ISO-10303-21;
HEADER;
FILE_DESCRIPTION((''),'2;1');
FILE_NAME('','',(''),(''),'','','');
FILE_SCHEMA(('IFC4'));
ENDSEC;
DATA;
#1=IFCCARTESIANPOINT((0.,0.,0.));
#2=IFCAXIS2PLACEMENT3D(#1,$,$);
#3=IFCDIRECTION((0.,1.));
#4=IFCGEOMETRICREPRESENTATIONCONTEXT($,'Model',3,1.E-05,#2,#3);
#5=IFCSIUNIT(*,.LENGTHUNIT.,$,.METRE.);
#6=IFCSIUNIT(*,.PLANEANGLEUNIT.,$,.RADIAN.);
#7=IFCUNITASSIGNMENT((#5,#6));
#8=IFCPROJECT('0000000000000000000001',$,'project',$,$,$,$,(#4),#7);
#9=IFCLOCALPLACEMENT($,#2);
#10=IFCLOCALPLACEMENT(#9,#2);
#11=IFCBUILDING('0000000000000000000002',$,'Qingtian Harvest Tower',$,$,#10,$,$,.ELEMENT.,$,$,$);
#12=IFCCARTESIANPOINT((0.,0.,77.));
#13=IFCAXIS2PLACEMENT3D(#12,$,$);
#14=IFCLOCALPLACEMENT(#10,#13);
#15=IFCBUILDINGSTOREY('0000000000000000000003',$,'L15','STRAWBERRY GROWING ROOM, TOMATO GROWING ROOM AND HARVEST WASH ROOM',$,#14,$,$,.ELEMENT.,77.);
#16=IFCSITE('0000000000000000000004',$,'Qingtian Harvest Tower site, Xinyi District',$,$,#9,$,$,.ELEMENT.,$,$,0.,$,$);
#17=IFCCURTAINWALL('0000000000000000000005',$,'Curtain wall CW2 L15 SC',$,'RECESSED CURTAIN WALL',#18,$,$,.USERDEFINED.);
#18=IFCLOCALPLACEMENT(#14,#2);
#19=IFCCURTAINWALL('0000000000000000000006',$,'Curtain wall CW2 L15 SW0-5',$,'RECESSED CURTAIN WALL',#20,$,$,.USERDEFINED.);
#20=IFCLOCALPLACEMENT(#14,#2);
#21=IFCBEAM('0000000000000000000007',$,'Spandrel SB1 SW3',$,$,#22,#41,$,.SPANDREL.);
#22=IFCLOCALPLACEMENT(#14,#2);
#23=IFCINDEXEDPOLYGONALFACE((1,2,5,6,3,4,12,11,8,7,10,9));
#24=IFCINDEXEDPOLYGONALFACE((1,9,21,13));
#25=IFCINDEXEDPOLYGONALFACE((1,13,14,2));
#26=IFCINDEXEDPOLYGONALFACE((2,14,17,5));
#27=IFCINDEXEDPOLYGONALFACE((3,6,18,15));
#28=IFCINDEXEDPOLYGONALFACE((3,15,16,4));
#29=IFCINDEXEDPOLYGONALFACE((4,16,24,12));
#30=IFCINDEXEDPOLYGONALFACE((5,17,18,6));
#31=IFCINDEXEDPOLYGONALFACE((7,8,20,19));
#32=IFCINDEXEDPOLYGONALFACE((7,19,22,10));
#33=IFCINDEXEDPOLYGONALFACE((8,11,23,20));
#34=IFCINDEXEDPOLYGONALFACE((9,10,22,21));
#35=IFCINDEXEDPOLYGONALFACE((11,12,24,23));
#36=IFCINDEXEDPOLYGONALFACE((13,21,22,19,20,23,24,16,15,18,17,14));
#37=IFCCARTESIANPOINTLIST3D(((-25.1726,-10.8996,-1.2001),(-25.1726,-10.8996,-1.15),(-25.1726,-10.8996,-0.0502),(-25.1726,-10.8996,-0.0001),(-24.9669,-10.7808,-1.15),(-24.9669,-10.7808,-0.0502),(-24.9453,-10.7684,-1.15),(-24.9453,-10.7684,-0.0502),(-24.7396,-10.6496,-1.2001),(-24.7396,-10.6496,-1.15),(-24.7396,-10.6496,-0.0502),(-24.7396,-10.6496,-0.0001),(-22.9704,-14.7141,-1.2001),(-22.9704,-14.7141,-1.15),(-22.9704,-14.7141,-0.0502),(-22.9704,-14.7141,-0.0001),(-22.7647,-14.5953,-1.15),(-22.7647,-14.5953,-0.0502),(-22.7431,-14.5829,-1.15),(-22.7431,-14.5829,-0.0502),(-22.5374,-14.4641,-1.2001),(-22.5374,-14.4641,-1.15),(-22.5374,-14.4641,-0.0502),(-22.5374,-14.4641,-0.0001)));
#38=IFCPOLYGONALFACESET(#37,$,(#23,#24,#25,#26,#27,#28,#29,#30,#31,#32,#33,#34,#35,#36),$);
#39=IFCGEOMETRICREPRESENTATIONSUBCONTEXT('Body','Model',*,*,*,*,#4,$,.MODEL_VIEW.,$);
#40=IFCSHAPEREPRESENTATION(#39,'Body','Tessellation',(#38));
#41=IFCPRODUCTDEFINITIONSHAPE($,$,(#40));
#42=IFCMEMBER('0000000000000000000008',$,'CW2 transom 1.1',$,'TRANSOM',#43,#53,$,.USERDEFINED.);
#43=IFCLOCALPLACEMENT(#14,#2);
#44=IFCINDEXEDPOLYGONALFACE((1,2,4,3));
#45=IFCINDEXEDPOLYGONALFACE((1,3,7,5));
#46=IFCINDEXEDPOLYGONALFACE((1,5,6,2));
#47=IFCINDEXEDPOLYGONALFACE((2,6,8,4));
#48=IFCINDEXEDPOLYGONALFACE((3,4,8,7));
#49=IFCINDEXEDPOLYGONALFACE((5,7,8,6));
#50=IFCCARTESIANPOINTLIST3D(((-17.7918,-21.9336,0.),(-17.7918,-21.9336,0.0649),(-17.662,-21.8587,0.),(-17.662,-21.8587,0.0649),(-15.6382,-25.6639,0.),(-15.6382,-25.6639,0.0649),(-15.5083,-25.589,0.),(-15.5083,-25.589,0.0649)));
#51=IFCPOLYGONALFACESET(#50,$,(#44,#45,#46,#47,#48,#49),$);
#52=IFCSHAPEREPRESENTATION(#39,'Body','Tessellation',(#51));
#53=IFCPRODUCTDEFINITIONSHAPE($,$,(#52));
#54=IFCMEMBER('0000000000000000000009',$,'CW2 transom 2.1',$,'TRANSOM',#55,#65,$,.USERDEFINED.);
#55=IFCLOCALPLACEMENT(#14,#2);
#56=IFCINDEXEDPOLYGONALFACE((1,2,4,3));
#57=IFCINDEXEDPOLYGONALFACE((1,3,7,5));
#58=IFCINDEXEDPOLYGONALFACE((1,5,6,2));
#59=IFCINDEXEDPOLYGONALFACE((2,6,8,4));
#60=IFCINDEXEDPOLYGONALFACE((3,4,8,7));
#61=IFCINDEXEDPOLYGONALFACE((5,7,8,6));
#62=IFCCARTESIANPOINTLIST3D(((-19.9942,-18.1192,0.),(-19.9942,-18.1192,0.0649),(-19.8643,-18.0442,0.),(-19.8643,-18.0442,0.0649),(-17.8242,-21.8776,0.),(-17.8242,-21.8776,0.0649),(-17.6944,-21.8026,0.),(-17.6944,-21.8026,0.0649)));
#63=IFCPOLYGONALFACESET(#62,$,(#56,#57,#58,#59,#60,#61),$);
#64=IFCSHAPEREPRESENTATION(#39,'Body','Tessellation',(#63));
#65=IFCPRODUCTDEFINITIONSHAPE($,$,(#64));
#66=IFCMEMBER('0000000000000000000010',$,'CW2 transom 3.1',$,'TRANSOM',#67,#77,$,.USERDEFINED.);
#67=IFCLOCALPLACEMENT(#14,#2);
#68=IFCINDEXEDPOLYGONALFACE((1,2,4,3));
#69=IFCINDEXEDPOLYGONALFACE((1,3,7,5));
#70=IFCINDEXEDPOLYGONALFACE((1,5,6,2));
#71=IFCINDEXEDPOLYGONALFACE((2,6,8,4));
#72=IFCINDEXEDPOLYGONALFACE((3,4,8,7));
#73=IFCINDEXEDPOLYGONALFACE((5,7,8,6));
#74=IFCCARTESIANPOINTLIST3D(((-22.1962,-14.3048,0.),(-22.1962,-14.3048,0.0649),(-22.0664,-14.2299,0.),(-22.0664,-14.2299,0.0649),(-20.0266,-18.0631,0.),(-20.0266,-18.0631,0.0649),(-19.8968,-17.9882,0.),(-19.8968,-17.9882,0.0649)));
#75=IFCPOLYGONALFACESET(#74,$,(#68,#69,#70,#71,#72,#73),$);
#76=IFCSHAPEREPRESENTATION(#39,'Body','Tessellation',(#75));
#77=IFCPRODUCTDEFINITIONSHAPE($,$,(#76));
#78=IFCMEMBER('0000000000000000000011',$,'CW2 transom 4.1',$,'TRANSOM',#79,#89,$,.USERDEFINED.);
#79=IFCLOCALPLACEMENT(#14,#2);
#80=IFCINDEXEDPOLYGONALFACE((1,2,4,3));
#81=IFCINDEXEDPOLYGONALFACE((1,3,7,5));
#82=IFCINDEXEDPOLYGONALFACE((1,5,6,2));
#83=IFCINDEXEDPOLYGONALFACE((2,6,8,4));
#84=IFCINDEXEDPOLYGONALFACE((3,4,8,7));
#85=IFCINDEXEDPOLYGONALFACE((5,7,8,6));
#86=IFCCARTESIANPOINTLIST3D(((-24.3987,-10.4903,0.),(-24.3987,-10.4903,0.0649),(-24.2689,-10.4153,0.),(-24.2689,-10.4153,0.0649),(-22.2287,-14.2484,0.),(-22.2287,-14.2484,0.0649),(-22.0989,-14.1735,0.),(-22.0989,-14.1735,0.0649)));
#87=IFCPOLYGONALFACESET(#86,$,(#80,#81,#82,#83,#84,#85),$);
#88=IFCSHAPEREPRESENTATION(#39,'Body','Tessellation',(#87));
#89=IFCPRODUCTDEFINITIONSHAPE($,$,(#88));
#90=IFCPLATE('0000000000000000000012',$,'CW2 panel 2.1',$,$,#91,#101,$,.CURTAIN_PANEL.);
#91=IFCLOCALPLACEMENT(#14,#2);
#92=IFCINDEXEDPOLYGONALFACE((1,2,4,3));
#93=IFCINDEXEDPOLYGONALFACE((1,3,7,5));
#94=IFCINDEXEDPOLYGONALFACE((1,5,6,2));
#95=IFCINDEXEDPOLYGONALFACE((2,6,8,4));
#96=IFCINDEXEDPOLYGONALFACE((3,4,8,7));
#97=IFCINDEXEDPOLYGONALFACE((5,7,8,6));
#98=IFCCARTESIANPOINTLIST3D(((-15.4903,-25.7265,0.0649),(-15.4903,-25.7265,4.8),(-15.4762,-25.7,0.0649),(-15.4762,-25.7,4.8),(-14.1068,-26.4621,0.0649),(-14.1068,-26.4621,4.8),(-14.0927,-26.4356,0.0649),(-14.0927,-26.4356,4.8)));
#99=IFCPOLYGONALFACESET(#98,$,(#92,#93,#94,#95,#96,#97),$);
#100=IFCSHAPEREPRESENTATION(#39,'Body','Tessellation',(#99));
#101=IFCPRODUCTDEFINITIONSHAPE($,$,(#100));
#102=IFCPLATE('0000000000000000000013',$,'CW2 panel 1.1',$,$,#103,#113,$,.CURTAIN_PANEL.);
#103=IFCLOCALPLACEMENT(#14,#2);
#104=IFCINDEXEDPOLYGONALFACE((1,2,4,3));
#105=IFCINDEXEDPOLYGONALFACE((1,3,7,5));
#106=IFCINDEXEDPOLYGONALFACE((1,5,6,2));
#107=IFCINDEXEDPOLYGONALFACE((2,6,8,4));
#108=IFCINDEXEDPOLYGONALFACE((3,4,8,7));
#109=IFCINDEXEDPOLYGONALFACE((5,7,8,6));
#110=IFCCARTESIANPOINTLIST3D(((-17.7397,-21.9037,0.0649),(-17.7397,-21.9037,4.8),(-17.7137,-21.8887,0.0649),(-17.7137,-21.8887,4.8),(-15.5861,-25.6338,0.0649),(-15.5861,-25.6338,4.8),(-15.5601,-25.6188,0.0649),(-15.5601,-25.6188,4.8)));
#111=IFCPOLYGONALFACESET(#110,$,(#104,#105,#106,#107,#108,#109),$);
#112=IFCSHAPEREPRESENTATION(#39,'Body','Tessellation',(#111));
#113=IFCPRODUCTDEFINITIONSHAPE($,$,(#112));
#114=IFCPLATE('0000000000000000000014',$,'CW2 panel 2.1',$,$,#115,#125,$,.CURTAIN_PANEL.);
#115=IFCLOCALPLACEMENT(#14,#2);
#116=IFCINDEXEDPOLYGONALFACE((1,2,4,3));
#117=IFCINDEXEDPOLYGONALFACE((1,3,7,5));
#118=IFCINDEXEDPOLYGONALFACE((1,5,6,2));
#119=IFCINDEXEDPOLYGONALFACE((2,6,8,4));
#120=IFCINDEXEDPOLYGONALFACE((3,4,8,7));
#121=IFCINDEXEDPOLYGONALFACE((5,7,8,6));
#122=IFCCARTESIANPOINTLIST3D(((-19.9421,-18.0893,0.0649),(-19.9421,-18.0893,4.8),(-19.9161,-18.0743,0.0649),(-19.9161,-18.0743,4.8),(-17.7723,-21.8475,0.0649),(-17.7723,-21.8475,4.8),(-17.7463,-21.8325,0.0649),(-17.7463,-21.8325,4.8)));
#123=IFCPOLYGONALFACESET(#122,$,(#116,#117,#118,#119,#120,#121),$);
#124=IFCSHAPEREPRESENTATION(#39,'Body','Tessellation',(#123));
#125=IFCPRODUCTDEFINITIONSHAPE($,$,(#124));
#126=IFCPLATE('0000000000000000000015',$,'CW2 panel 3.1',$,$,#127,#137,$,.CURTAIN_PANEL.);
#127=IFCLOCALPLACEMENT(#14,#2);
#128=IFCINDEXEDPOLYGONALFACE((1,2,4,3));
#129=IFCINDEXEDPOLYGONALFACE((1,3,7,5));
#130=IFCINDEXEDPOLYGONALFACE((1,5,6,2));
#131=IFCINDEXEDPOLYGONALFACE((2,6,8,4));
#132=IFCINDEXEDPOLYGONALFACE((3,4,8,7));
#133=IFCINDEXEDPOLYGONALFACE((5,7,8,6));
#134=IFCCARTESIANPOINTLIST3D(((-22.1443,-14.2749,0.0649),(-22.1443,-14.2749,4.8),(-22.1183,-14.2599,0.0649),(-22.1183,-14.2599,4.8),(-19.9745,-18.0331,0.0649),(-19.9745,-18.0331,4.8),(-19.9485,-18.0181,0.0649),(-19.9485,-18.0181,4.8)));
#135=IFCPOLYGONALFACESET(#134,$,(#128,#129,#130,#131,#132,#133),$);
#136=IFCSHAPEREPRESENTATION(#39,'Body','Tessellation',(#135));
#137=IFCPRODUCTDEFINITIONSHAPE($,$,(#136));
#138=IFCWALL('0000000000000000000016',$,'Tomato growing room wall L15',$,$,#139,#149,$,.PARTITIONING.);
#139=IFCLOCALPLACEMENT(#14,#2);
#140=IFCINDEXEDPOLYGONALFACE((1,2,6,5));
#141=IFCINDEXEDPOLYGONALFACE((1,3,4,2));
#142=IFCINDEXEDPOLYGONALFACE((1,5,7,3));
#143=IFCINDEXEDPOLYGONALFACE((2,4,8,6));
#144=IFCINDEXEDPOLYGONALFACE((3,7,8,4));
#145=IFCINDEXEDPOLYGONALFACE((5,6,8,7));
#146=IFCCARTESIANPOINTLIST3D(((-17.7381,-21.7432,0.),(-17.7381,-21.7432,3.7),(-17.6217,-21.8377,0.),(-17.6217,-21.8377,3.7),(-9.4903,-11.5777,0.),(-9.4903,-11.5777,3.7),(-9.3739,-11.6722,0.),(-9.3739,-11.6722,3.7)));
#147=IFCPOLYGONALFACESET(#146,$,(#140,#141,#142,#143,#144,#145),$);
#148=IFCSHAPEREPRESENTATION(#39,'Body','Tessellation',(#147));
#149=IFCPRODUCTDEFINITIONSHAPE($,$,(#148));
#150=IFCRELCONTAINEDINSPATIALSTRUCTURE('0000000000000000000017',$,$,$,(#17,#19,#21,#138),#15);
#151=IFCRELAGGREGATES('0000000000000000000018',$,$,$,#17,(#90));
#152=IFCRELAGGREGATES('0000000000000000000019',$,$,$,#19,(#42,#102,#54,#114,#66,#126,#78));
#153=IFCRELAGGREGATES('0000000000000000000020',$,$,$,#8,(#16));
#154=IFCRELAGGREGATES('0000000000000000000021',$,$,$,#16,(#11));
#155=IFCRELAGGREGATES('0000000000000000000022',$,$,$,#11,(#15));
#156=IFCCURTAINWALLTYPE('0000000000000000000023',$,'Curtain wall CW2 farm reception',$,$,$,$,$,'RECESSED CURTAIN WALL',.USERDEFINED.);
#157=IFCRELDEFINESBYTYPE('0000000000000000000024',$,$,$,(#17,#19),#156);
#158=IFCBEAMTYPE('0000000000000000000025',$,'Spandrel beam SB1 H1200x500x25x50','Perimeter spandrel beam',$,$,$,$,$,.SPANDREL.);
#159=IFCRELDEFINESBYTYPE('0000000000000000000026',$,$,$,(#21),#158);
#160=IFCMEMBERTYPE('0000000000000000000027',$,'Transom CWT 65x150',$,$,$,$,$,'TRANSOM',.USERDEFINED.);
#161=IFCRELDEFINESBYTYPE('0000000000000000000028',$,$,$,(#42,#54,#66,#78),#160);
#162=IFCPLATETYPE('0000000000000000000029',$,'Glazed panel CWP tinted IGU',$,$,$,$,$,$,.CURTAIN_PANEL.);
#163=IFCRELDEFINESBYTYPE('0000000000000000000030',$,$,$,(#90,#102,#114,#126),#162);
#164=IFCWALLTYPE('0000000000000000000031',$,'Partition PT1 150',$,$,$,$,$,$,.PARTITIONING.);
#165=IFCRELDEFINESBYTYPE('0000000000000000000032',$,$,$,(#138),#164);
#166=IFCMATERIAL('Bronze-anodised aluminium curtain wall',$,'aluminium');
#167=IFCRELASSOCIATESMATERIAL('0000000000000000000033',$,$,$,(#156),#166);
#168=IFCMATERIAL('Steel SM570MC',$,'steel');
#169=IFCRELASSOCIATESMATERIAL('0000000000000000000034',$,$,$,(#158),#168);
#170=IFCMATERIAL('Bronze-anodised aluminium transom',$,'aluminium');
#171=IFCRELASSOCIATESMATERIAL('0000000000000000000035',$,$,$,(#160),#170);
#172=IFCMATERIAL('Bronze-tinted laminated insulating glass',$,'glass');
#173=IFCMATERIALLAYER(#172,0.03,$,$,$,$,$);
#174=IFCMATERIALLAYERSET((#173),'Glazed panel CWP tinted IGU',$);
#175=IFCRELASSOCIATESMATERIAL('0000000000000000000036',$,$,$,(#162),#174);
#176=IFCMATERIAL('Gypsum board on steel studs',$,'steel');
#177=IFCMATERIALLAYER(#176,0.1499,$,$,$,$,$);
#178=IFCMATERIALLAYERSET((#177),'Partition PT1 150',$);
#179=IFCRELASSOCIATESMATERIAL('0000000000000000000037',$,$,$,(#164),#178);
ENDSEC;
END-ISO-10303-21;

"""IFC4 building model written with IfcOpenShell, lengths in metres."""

from ifc_helpers import new_model, si_unit, direction, frame, frame_2d, origin, origin_2d, place, context, subcontext, project, spatial, rectangle, i_section, extrude, material, layer, layer_set, material_profile, profile_set, type_object, element, aggregate, save


model = new_model("IFC4")

# Units and contexts
model_context = context("Model", 3, precision=1e-05, world=origin(), true_north=direction((0.0, 1.0)))
body_context = subcontext(model_context, "Body", "Model", "MODEL_VIEW")
ifc_project = project(units=[si_unit("LENGTHUNIT", "METRE"), si_unit("PLANEANGLEUNIT", "RADIAN")], contexts=[model_context])

# Site, building, storey
site_placement = place(None, origin())
site = spatial("IfcSite", under=ifc_project, at=site_placement, Name="Qingtian Harvest Tower site, Xinyi District", CompositionType="ELEMENT", RefElevation=0.0)
building_placement = place(site_placement, origin())
building = spatial("IfcBuilding", under=site, at=building_placement, Name="Qingtian Harvest Tower", CompositionType="ELEMENT")
storey_placement = place(building_placement, frame((0.0, 0.0, 77.0)))
storey = spatial("IfcBuildingStorey", under=building, at=storey_placement, Name="L15", Description="STRAWBERRY GROWING ROOM, TOMATO GROWING ROOM AND HARVEST WASH ROOM", CompositionType="ELEMENT", Elevation=77.0)

# Curtain wall
ifc_material_1 = material(Name="Bronze-anodised aluminium curtain wall", Category="aluminium")
curtain_wall_type = type_object("IfcCurtainWallType", Name="Curtain wall CW2 farm reception", ElementType="RECESSED CURTAIN WALL", PredefinedType="USERDEFINED", material=ifc_material_1)
curtain_wall_1_placement = place(storey_placement, origin())
curtain_wall_1 = element("IfcCurtainWall", 1, at=curtain_wall_1_placement, inside=storey, type_object=curtain_wall_type, Name="Curtain wall CW2 L15 SC", ObjectType="RECESSED CURTAIN WALL", PredefinedType="USERDEFINED")

# Curtain wall
curtain_wall_2_placement = place(storey_placement, origin())
curtain_wall_2 = element("IfcCurtainWall", 2, at=curtain_wall_2_placement, inside=storey, type_object=curtain_wall_type, Name="Curtain wall CW2 L15 SW0-5", ObjectType="RECESSED CURTAIN WALL", PredefinedType="USERDEFINED")

# Beam
ifc_material_2 = material(Name="Steel SM570MC", Category="steel")
ifc_material_profile_1 = material_profile(ifc_material_2, i_section(OverallWidth=0.5, OverallDepth=1.2, WebThickness=0.0249, FlangeThickness=0.05, at=origin_2d()), Name="H1200x500x25x50")
ifc_profile_set_1 = profile_set([ifc_material_profile_1], Name="Steel SM570MC")
beam_type_1 = type_object("IfcBeamType", Name="Spandrel beam SB1 H1200x500x25x50", Description="Perimeter spandrel beam", PredefinedType="SPANDREL", material=ifc_profile_set_1)
for number, where, z_axis, x_axis, name in (
    (3, (-22.7539, -14.5891, -0.6001), (-0.499978, 0.866038, 0.0), (-0.866038, -0.499978, 0.0), "Spandrel SB1 SW3"),
):
    element("IfcBeam", number, at=place(storey_placement, frame(where, z_axis=z_axis, x_axis=x_axis)), inside=storey, type_object=beam_type_1, Name=name, PredefinedType="SPANDREL", context=body_context, shape_type="SweptSolid", body=[
        extrude(i_section(OverallWidth=0.5, OverallDepth=1.2, WebThickness=0.0249, FlangeThickness=0.05, at=origin_2d()), origin(), (0.0, 0.0, 1.0), 4.4045),
    ])

# Members
ifc_material_3 = material(Name="Bronze-anodised aluminium transom", Category="aluminium")
ifc_material_profile_2 = material_profile(ifc_material_3, rectangle(XDim=0.1499, YDim=0.0649, at=origin_2d()), Name="AL 65x150")
ifc_profile_set_2 = profile_set([ifc_material_profile_2], Name="Bronze-anodised aluminium transom")
member_type_1 = type_object("IfcMemberType", Name="Transom CWT 65x150", ElementType="TRANSOM", PredefinedType="USERDEFINED", material=ifc_profile_set_2)
member_1_placement = place(storey_placement, frame((-15.5732, -25.6265, 0.0325), z_axis=(-0.499986, 0.866034, 0.0), x_axis=(-0.866034, -0.499986, 0.0)))
member_1 = element("IfcMember", 4, at=member_1_placement, type_object=member_type_1, Name="CW2 transom 1.1", ObjectType="TRANSOM", PredefinedType="USERDEFINED", context=body_context, shape_type="SweptSolid", body=[
    extrude(rectangle(XDim=0.1499, YDim=0.0649, at=origin_2d()), origin(), (0.0, 0.0, 1.0), 4.3074),
])
member_2_placement = place(storey_placement, frame((-17.7593, -21.8401, 0.0325), z_axis=(-0.500011, 0.866019, 0.0), x_axis=(-0.866019, -0.500011, 0.0)))
member_2 = element("IfcMember", 5, at=member_2_placement, type_object=member_type_1, Name="CW2 transom 2.1", ObjectType="TRANSOM", PredefinedType="USERDEFINED", context=body_context, shape_type="SweptSolid", body=[
    extrude(rectangle(XDim=0.1499, YDim=0.0649, at=origin_2d()), origin(), (0.0, 0.0, 1.0), 4.3398),
])
member_3_placement = place(storey_placement, frame((-19.9617, -18.0256, 0.0325), z_axis=(-0.499969, 0.866043, 0.0), x_axis=(-0.866043, -0.499969, 0.0)))
member_3 = element("IfcMember", 6, at=member_3_placement, type_object=member_type_1, Name="CW2 transom 3.1", ObjectType="TRANSOM", PredefinedType="USERDEFINED", context=body_context, shape_type="SweptSolid", body=[
    extrude(rectangle(XDim=0.1499, YDim=0.0649, at=origin_2d()), origin(), (0.0, 0.0, 1.0), 4.3396),
])
member_4_placement = place(storey_placement, frame((-22.1638, -14.2109, 0.0325), z_axis=(-0.500036, 0.866005, 0.0), x_axis=(-0.866005, -0.500036, 0.0)))
member_4 = element("IfcMember", 7, at=member_4_placement, type_object=member_type_1, Name="CW2 transom 4.1", ObjectType="TRANSOM", PredefinedType="USERDEFINED", context=body_context, shape_type="SweptSolid", body=[
    extrude(rectangle(XDim=0.1499, YDim=0.0649, at=origin_2d()), origin(), (0.0, 0.0, 1.0), 4.3396),
])

# Plates
ifc_material_4 = material(Name="Bronze-tinted laminated insulating glass", Category="glass")
ifc_layer_1 = layer(ifc_material_4, 0.03)
ifc_layer_set_1 = layer_set([ifc_layer_1], Name="Glazed panel CWP tinted IGU")
plate_type = type_object("IfcPlateType", Name="Glazed panel CWP tinted IGU", PredefinedType="CURTAIN_PANEL", material=ifc_layer_set_1)
plate_1_placement = place(storey_placement, frame((-14.7915, -26.0811, 0.0649), z_axis=(0.0, 0.0, 1.0), x_axis=(-0.882948, 0.469472, 0.0)))
plate_1 = element("IfcPlate", 8, at=plate_1_placement, type_object=plate_type, Name="CW2 panel 2.1", PredefinedType="CURTAIN_PANEL", context=body_context, shape_type="SweptSolid", body=[
    extrude(rectangle(XDim=1.5669, YDim=0.03, at=origin_2d()), origin(), (0.0, 0.0, 1.0), 4.7351),
])
aggregate(curtain_wall_1, [plate_1])
plate_2_placement = place(storey_placement, frame((-16.6499, -23.7612, 0.0649), z_axis=(0.0, 0.0, 1.0), x_axis=(-0.5, 0.866025, 0.0)))
plate_2 = element("IfcPlate", 9, at=plate_2_placement, type_object=plate_type, Name="CW2 panel 1.1", PredefinedType="CURTAIN_PANEL", context=body_context, shape_type="SweptSolid", body=[
    extrude(rectangle(XDim=4.3071, YDim=0.03, at=origin_2d()), origin(), (0.0, 0.0, 1.0), 4.7351),
])
plate_3_placement = place(storey_placement, frame((-18.8442, -19.9609, 0.0649), z_axis=(0.0, 0.0, 1.0), x_axis=(-0.5, 0.866025, 0.0)))
plate_3 = element("IfcPlate", 10, at=plate_3_placement, type_object=plate_type, Name="CW2 panel 2.1", PredefinedType="CURTAIN_PANEL", context=body_context, shape_type="SweptSolid", body=[
    extrude(rectangle(XDim=4.3396, YDim=0.03, at=origin_2d()), origin(), (0.0, 0.0, 1.0), 4.7351),
])
plate_4_placement = place(storey_placement, frame((-21.0464, -16.1465, 0.0649), z_axis=(0.0, 0.0, 1.0), x_axis=(-0.5, 0.866025, 0.0)))
plate_4 = element("IfcPlate", 11, at=plate_4_placement, type_object=plate_type, Name="CW2 panel 3.1", PredefinedType="CURTAIN_PANEL", context=body_context, shape_type="SweptSolid", body=[
    extrude(rectangle(XDim=4.3396, YDim=0.03, at=origin_2d()), origin(), (0.0, 0.0, 1.0), 4.7351),
])
aggregate(curtain_wall_2, [member_1, plate_2, member_2, plate_3, member_3, plate_4, member_4])

# Wall
ifc_material_5 = material(Name="Gypsum board on steel studs", Category="steel")
ifc_layer_2 = layer(ifc_material_5, 0.1499)
ifc_layer_set_2 = layer_set([ifc_layer_2], Name="Partition PT1 150")
wall_type = type_object("IfcWallType", Name="Partition PT1 150", PredefinedType="PARTITIONING", material=ifc_layer_set_2)
wall_placement = place(storey_placement, frame((-17.6799, -21.7905, 0.0), z_axis=(0.0, 0.0, 1.0), x_axis=(0.630055, 0.776551, 0.0)))
element("IfcWall", 12, at=wall_placement, inside=storey, type_object=wall_type, Name="Tomato growing room wall L15", PredefinedType="PARTITIONING", context=body_context, shape_type="SweptSolid", body=[
    extrude(rectangle(XDim=13.0906, YDim=0.1499, at=frame_2d((6.5454, 0.0))), origin(), (0.0, 0.0, 1.0), 3.7),
])

save(model, "model.ifc")
